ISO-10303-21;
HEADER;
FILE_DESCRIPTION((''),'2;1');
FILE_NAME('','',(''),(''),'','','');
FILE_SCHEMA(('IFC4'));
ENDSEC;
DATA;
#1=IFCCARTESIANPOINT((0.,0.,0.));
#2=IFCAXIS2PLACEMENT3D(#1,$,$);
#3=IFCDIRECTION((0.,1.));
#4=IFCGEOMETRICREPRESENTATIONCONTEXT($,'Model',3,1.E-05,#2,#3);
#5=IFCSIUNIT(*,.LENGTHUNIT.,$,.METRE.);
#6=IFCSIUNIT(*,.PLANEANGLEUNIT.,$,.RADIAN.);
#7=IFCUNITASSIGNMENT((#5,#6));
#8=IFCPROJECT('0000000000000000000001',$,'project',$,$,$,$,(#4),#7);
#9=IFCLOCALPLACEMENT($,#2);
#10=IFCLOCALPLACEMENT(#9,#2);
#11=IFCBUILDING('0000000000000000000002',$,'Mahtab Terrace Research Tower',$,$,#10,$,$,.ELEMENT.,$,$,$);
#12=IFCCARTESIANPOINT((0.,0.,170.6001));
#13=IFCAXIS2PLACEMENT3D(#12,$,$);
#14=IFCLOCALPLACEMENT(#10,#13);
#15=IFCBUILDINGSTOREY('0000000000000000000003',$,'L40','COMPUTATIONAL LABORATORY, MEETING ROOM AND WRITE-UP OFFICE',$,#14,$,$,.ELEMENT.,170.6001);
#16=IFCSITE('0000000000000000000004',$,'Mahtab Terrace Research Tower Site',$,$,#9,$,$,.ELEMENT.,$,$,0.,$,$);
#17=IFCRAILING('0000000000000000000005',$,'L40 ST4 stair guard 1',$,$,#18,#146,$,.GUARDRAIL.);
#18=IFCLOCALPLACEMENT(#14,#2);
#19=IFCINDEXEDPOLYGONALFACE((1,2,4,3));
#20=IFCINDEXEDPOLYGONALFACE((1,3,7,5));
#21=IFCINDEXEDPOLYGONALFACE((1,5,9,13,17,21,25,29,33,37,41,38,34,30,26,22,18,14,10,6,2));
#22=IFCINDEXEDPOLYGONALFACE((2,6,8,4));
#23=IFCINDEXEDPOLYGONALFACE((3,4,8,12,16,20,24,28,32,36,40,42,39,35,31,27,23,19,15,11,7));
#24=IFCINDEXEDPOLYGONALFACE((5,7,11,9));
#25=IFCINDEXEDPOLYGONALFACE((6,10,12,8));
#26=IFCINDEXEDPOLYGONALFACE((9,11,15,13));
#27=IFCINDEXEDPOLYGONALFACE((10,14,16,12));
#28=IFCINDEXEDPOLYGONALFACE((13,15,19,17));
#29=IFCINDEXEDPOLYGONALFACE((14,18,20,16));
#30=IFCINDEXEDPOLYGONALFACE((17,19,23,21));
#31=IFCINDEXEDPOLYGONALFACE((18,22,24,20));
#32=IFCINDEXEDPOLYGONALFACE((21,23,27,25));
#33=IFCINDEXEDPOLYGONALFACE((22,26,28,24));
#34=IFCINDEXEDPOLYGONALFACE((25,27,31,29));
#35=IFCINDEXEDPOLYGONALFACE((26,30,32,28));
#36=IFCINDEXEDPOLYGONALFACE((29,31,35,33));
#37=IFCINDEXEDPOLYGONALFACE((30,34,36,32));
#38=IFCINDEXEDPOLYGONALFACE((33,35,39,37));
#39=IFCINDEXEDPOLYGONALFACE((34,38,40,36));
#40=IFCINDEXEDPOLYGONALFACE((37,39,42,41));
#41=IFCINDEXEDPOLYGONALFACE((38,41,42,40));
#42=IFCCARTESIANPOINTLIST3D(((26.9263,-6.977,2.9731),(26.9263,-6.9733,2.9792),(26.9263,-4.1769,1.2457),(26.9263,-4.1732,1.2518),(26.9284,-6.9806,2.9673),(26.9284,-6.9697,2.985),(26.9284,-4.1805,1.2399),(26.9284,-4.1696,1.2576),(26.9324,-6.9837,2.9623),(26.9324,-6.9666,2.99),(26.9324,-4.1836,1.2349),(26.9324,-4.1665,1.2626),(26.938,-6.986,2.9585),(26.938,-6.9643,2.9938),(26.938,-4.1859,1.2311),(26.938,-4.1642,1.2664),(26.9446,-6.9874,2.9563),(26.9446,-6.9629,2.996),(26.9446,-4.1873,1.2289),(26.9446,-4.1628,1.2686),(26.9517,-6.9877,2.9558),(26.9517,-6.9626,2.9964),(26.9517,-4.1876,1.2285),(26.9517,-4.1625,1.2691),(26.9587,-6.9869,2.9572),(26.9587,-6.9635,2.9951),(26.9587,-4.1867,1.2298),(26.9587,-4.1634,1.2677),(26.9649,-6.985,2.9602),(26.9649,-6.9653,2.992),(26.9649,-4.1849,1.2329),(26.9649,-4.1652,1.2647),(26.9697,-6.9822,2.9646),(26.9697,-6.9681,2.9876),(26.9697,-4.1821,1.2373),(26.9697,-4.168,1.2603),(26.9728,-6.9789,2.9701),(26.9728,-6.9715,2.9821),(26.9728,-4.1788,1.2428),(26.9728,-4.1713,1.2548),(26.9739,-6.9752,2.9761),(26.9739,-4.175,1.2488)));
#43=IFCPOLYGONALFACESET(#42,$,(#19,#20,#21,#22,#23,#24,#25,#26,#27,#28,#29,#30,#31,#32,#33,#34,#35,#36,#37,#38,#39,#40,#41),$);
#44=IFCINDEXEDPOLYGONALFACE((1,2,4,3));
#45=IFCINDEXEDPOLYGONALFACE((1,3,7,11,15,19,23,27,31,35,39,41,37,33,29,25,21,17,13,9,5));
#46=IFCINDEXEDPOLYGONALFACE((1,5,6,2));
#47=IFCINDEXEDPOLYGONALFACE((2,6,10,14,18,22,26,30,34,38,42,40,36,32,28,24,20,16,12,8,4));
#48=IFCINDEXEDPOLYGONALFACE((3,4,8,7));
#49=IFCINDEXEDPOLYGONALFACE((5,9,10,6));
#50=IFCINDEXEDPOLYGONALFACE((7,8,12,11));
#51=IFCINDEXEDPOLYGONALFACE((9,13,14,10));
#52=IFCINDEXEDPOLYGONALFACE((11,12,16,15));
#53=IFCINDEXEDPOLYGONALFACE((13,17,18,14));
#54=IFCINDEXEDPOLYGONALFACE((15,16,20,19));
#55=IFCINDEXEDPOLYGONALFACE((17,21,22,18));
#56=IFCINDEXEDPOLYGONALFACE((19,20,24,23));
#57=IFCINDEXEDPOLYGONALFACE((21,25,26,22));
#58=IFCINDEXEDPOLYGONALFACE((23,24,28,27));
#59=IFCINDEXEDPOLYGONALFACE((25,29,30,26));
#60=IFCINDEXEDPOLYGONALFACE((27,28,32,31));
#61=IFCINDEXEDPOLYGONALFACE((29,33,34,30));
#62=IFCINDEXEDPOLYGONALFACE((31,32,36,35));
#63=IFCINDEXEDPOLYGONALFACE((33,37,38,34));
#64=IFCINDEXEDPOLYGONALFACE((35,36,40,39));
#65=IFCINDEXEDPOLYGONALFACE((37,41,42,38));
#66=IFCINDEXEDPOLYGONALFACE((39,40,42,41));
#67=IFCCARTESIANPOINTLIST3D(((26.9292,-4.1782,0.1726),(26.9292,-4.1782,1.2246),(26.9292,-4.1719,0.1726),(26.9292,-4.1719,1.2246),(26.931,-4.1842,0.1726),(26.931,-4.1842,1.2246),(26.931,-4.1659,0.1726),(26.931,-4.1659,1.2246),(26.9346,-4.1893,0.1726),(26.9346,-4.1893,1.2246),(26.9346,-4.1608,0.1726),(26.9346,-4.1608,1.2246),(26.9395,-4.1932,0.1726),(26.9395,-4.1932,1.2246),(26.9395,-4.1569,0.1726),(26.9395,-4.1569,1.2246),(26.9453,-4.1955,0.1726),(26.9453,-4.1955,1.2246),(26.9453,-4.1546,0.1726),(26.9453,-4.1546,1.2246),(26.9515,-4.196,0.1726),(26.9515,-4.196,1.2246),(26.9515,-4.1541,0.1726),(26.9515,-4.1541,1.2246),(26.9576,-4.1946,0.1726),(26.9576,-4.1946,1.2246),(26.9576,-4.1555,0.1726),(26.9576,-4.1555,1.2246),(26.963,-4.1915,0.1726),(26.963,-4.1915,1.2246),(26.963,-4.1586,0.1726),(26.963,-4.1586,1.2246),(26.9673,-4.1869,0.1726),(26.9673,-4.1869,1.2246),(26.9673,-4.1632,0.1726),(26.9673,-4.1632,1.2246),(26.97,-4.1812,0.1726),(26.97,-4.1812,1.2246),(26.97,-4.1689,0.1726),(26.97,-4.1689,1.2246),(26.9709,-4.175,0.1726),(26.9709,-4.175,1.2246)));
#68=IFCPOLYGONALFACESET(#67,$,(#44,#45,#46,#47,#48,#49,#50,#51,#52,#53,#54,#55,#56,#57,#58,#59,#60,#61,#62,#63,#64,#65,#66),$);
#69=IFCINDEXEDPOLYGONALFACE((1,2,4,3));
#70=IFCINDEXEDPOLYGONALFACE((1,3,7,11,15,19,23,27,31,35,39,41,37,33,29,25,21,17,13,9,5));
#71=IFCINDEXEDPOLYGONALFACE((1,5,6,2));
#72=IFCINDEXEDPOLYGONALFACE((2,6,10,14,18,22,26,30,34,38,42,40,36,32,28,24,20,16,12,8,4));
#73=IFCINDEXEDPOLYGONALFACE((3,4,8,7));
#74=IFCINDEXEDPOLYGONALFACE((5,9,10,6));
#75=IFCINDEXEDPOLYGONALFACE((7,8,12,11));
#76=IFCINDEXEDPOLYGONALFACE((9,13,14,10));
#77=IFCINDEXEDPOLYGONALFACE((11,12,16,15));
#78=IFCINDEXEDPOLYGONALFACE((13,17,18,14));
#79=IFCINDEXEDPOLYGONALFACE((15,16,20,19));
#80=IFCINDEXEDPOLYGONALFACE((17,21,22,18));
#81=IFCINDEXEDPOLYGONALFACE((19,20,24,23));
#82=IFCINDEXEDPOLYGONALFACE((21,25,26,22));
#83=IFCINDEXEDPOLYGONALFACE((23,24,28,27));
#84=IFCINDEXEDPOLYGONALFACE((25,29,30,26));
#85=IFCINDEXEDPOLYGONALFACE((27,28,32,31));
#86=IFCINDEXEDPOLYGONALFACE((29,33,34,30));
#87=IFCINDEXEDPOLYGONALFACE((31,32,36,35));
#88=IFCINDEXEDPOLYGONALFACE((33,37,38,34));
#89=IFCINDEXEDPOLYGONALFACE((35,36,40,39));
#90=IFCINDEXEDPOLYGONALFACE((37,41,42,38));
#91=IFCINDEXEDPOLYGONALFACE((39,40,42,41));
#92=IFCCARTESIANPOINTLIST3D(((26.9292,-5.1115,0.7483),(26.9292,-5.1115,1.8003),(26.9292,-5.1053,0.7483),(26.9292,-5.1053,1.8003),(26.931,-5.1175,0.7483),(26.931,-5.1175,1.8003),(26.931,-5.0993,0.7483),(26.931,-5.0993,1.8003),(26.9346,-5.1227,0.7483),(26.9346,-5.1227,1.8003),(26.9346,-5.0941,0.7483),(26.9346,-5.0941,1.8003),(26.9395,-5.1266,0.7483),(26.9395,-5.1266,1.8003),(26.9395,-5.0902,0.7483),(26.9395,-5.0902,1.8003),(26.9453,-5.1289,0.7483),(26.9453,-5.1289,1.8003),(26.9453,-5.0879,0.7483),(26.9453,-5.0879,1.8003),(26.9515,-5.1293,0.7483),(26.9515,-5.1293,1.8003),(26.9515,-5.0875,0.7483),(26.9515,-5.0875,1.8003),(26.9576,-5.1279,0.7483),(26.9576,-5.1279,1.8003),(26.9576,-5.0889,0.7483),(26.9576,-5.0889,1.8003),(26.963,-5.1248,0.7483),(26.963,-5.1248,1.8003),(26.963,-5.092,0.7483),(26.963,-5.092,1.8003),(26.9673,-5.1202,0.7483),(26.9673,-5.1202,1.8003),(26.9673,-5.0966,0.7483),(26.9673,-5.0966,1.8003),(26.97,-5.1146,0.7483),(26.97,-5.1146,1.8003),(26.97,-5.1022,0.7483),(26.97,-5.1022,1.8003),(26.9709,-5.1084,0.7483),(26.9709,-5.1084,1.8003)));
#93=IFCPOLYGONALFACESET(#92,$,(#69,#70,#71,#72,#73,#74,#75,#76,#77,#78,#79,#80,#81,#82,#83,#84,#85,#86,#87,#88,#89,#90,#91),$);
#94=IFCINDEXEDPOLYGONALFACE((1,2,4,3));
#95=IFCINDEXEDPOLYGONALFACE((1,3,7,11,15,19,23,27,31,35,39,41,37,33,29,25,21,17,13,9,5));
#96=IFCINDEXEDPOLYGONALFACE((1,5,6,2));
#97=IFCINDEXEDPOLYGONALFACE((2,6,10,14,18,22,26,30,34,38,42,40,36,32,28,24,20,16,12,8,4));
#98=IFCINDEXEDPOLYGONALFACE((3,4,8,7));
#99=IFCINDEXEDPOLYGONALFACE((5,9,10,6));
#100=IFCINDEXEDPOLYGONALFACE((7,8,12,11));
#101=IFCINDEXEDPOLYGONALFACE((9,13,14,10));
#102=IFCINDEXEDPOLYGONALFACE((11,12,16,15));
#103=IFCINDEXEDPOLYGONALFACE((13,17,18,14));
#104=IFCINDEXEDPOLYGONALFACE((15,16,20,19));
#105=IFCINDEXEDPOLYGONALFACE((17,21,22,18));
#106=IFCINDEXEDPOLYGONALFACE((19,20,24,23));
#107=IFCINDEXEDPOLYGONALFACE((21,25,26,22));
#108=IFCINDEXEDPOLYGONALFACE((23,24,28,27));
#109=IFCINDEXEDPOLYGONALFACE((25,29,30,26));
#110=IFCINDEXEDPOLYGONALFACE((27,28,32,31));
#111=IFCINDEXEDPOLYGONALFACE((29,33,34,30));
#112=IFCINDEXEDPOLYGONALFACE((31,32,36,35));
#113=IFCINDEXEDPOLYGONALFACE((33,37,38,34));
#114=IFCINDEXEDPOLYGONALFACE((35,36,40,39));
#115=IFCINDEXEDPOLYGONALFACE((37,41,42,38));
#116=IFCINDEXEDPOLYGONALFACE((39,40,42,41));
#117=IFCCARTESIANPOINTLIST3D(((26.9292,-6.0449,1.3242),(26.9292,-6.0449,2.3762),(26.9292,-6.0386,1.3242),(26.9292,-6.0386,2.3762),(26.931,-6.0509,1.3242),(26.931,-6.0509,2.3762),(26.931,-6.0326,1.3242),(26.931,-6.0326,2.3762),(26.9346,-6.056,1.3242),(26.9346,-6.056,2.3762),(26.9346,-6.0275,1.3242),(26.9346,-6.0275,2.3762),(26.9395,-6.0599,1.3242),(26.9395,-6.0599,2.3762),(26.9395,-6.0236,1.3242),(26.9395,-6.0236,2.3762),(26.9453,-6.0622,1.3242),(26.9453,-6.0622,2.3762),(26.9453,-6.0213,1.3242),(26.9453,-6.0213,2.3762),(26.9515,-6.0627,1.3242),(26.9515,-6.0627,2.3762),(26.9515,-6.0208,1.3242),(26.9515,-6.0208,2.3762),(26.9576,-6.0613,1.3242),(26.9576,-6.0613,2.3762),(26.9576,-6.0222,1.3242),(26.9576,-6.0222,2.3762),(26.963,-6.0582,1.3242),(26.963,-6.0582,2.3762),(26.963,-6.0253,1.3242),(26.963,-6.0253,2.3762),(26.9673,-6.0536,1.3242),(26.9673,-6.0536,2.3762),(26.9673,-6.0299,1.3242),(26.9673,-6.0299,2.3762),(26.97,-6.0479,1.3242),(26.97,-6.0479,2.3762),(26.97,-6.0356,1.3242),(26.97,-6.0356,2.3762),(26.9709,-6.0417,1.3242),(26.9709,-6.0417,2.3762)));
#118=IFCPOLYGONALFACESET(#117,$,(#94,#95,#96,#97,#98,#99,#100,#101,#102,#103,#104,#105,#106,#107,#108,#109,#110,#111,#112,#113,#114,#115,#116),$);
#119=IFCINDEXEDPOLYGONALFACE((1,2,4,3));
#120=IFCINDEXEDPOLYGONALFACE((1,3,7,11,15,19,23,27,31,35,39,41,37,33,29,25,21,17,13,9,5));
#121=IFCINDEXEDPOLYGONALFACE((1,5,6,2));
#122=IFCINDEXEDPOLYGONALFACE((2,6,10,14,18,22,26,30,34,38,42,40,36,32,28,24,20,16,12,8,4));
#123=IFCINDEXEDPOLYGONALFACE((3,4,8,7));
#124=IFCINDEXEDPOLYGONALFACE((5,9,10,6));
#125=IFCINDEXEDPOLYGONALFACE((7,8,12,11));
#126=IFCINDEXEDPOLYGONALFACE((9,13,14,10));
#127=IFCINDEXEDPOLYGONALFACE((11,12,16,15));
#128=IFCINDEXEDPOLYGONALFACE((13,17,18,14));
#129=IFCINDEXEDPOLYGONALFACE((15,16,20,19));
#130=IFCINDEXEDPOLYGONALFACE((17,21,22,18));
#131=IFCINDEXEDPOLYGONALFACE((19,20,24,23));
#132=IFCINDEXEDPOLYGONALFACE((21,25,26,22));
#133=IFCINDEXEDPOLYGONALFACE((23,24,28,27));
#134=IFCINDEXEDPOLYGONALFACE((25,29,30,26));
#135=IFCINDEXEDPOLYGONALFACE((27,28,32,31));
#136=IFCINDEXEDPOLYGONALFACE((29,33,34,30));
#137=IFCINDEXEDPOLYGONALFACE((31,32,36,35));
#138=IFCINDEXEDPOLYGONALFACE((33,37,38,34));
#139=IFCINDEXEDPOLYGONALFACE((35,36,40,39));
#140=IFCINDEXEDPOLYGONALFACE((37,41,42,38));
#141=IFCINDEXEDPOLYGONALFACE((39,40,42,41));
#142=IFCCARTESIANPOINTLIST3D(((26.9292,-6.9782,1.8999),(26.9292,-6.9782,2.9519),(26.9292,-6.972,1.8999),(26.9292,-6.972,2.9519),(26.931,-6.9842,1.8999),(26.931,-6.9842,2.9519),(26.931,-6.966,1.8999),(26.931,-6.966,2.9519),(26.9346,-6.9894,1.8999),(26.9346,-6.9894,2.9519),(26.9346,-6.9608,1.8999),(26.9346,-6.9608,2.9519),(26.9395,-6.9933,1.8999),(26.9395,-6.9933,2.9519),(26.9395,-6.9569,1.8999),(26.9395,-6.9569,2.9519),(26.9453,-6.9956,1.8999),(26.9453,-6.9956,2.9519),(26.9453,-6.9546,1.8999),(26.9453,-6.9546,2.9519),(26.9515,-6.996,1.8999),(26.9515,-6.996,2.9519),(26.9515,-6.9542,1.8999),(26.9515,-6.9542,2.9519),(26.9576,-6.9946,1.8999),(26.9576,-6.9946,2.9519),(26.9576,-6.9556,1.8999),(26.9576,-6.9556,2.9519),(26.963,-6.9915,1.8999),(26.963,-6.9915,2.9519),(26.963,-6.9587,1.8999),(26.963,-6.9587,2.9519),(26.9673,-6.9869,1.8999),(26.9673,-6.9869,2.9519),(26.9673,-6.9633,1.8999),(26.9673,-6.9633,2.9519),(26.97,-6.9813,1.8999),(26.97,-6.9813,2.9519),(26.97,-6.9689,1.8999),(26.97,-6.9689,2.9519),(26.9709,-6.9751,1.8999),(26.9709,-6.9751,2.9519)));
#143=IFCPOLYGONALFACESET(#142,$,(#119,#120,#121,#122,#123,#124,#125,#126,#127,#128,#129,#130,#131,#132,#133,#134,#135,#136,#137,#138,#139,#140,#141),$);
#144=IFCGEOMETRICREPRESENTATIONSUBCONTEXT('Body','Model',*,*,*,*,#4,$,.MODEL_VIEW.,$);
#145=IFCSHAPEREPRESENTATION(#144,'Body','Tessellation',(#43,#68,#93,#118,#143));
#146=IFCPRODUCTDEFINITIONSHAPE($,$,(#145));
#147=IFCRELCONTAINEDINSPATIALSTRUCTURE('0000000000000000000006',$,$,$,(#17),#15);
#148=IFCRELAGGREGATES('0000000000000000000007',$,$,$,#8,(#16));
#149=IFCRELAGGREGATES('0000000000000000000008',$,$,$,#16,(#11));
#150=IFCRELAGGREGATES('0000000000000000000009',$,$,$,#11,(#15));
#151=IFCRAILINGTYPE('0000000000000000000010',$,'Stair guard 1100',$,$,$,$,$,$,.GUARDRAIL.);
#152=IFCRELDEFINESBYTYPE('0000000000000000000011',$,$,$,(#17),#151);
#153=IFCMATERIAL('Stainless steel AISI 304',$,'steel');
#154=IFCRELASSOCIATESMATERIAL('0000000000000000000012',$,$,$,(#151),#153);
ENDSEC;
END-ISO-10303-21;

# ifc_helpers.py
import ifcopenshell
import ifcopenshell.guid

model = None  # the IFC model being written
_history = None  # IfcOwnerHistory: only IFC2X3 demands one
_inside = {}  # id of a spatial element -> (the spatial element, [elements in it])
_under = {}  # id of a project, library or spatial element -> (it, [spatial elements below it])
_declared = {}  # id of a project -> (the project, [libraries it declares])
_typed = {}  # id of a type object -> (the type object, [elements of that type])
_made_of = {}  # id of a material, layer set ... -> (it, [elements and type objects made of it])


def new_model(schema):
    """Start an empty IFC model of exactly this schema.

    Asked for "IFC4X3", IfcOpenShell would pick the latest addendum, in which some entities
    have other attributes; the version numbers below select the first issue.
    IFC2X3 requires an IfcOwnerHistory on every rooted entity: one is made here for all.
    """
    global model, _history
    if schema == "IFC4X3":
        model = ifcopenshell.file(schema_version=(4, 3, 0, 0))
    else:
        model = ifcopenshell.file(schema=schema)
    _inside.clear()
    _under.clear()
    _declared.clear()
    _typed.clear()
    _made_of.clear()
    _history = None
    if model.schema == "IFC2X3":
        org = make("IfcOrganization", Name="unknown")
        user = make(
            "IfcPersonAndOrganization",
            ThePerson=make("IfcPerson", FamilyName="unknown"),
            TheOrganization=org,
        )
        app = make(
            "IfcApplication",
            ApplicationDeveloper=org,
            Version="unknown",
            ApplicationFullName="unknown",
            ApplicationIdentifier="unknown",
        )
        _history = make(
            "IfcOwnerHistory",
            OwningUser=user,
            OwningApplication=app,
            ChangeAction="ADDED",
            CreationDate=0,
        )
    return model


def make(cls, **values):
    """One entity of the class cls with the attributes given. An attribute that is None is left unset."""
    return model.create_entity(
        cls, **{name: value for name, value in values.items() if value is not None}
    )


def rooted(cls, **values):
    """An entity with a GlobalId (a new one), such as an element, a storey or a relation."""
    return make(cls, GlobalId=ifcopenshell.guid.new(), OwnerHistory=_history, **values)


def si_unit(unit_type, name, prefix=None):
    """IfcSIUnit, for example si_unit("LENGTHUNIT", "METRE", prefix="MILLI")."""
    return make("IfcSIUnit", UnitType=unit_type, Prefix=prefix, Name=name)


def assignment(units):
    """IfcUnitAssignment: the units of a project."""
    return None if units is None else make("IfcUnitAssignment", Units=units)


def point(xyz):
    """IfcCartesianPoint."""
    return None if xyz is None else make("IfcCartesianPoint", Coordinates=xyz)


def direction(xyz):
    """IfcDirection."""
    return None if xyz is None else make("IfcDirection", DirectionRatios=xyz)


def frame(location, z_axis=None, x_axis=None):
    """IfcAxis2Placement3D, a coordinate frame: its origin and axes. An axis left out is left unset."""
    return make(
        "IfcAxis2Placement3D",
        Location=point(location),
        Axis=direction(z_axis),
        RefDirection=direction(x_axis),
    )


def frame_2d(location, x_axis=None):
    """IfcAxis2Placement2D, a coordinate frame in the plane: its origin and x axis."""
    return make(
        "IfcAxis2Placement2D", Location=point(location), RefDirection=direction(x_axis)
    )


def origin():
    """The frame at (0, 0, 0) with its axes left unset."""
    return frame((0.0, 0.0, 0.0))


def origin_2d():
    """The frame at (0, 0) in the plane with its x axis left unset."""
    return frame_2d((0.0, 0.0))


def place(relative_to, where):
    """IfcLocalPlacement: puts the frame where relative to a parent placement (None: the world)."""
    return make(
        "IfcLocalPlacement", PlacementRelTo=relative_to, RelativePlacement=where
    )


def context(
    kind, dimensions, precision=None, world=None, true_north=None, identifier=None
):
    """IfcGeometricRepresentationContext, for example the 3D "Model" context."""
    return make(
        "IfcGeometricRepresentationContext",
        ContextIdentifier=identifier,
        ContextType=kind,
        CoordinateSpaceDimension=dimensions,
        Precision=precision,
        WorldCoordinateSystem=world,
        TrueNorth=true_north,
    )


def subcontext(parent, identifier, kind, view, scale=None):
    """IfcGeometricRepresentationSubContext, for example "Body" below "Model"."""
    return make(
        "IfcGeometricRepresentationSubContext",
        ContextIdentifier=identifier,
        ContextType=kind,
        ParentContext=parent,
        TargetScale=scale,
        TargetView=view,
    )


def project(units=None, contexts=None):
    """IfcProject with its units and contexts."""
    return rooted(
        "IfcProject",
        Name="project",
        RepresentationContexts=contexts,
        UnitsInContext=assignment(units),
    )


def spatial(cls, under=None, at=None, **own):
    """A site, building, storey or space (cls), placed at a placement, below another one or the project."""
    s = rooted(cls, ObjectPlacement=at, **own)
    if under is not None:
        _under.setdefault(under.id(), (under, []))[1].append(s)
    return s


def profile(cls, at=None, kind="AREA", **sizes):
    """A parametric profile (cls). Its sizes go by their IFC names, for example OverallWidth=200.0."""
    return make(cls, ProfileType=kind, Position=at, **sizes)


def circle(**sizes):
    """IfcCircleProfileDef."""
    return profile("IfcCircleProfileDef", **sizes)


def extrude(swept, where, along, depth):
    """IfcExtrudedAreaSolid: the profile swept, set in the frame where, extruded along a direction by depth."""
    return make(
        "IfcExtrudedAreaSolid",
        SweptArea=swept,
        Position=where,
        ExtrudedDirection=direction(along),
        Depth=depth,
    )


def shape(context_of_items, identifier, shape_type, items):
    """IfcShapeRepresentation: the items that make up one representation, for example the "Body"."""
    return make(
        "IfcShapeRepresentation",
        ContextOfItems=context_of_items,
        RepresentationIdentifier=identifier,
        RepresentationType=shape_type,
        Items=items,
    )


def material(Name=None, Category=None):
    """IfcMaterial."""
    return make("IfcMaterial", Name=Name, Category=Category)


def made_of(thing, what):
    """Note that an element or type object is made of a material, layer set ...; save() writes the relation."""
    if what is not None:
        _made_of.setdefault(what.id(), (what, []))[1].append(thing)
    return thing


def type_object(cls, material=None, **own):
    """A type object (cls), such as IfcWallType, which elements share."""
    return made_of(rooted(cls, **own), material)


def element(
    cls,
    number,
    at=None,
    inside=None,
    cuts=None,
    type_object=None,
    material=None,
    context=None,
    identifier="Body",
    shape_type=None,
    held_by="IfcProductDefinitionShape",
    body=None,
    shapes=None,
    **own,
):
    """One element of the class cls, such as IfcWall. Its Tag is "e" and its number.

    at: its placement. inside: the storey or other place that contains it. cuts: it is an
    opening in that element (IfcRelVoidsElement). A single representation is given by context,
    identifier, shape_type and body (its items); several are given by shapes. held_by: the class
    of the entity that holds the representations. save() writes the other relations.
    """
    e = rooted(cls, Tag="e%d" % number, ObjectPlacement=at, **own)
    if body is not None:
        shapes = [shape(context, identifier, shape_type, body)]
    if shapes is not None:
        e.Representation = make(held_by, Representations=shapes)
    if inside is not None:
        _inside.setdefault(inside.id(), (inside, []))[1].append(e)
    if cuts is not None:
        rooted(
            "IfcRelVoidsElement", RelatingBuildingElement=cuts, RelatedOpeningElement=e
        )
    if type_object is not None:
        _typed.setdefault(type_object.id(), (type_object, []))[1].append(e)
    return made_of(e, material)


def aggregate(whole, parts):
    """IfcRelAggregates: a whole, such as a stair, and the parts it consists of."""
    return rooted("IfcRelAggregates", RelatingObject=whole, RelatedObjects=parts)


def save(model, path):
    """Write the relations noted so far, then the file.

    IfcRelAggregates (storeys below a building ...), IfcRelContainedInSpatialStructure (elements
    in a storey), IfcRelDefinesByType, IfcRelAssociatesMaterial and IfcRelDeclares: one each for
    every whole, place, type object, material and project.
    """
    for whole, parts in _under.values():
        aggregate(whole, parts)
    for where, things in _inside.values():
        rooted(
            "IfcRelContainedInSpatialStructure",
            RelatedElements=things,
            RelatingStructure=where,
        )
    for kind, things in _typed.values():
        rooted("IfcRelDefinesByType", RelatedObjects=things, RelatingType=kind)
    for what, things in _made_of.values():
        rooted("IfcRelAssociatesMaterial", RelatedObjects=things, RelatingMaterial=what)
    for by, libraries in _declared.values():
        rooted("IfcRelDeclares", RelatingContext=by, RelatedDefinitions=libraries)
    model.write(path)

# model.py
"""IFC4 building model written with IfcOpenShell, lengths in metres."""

from ifc_helpers import new_model, si_unit, direction, frame, origin, origin_2d, place, context, subcontext, project, spatial, circle, extrude, material, type_object, element, save


model = new_model("IFC4")

# Units and contexts
model_context = context("Model", 3, precision=1e-05, world=origin(), true_north=direction((0.0, 1.0)))
body_context = subcontext(model_context, "Body", "Model", "MODEL_VIEW")
ifc_project = project(units=[si_unit("LENGTHUNIT", "METRE"), si_unit("PLANEANGLEUNIT", "RADIAN")], contexts=[model_context])

# Site, building, storey
site_placement = place(None, origin())
site = spatial("IfcSite", under=ifc_project, at=site_placement, Name="Mahtab Terrace Research Tower Site", CompositionType="ELEMENT", RefElevation=0.0)
building_placement = place(site_placement, origin())
building = spatial("IfcBuilding", under=site, at=building_placement, Name="Mahtab Terrace Research Tower", CompositionType="ELEMENT")
storey_placement = place(building_placement, frame((0.0, 0.0, 170.6001)))
storey = spatial("IfcBuildingStorey", under=building, at=storey_placement, Name="L40", Description="COMPUTATIONAL LABORATORY, MEETING ROOM AND WRITE-UP OFFICE", CompositionType="ELEMENT", Elevation=170.6001)

# Railing
ifc_material_1 = material(Name="Stainless steel AISI 304", Category="steel")
railing_type_1 = type_object("IfcRailingType", Name="Stair guard 1100", PredefinedType="GUARDRAIL", material=ifc_material_1)
railing_1_placement = place(storey_placement, frame((26.95, -4.175, 0.1726)))
element("IfcRailing", 1, at=railing_1_placement, inside=storey, type_object=railing_type_1, Name="L40 ST4 stair guard 1", PredefinedType="GUARDRAIL", context=body_context, shape_type="SweptSolid", body=[
    extrude(circle(Radius=0.0239, at=origin_2d()), frame((0.0, 0.0, 1.0762), z_axis=(0.0, -0.85109, 0.52502), x_axis=(1.0, 0.0, 0.0)), (0.0, 0.0, 1.0), 3.29),
    extrude(circle(Radius=0.021, at=origin_2d()), origin(), (0.0, 0.0, 1.0), 1.052),
    extrude(circle(Radius=0.021, at=origin_2d()), frame((0.0, -0.9333, 0.5757)), (0.0, 0.0, 1.0), 1.052),
    extrude(circle(Radius=0.021, at=origin_2d()), frame((0.0, -1.8667, 1.1516)), (0.0, 0.0, 1.0), 1.052),
    extrude(circle(Radius=0.021, at=origin_2d()), frame((0.0, -2.8, 1.7273)), (0.0, 0.0, 1.0), 1.052),
])

save(model, "model.ifc")
